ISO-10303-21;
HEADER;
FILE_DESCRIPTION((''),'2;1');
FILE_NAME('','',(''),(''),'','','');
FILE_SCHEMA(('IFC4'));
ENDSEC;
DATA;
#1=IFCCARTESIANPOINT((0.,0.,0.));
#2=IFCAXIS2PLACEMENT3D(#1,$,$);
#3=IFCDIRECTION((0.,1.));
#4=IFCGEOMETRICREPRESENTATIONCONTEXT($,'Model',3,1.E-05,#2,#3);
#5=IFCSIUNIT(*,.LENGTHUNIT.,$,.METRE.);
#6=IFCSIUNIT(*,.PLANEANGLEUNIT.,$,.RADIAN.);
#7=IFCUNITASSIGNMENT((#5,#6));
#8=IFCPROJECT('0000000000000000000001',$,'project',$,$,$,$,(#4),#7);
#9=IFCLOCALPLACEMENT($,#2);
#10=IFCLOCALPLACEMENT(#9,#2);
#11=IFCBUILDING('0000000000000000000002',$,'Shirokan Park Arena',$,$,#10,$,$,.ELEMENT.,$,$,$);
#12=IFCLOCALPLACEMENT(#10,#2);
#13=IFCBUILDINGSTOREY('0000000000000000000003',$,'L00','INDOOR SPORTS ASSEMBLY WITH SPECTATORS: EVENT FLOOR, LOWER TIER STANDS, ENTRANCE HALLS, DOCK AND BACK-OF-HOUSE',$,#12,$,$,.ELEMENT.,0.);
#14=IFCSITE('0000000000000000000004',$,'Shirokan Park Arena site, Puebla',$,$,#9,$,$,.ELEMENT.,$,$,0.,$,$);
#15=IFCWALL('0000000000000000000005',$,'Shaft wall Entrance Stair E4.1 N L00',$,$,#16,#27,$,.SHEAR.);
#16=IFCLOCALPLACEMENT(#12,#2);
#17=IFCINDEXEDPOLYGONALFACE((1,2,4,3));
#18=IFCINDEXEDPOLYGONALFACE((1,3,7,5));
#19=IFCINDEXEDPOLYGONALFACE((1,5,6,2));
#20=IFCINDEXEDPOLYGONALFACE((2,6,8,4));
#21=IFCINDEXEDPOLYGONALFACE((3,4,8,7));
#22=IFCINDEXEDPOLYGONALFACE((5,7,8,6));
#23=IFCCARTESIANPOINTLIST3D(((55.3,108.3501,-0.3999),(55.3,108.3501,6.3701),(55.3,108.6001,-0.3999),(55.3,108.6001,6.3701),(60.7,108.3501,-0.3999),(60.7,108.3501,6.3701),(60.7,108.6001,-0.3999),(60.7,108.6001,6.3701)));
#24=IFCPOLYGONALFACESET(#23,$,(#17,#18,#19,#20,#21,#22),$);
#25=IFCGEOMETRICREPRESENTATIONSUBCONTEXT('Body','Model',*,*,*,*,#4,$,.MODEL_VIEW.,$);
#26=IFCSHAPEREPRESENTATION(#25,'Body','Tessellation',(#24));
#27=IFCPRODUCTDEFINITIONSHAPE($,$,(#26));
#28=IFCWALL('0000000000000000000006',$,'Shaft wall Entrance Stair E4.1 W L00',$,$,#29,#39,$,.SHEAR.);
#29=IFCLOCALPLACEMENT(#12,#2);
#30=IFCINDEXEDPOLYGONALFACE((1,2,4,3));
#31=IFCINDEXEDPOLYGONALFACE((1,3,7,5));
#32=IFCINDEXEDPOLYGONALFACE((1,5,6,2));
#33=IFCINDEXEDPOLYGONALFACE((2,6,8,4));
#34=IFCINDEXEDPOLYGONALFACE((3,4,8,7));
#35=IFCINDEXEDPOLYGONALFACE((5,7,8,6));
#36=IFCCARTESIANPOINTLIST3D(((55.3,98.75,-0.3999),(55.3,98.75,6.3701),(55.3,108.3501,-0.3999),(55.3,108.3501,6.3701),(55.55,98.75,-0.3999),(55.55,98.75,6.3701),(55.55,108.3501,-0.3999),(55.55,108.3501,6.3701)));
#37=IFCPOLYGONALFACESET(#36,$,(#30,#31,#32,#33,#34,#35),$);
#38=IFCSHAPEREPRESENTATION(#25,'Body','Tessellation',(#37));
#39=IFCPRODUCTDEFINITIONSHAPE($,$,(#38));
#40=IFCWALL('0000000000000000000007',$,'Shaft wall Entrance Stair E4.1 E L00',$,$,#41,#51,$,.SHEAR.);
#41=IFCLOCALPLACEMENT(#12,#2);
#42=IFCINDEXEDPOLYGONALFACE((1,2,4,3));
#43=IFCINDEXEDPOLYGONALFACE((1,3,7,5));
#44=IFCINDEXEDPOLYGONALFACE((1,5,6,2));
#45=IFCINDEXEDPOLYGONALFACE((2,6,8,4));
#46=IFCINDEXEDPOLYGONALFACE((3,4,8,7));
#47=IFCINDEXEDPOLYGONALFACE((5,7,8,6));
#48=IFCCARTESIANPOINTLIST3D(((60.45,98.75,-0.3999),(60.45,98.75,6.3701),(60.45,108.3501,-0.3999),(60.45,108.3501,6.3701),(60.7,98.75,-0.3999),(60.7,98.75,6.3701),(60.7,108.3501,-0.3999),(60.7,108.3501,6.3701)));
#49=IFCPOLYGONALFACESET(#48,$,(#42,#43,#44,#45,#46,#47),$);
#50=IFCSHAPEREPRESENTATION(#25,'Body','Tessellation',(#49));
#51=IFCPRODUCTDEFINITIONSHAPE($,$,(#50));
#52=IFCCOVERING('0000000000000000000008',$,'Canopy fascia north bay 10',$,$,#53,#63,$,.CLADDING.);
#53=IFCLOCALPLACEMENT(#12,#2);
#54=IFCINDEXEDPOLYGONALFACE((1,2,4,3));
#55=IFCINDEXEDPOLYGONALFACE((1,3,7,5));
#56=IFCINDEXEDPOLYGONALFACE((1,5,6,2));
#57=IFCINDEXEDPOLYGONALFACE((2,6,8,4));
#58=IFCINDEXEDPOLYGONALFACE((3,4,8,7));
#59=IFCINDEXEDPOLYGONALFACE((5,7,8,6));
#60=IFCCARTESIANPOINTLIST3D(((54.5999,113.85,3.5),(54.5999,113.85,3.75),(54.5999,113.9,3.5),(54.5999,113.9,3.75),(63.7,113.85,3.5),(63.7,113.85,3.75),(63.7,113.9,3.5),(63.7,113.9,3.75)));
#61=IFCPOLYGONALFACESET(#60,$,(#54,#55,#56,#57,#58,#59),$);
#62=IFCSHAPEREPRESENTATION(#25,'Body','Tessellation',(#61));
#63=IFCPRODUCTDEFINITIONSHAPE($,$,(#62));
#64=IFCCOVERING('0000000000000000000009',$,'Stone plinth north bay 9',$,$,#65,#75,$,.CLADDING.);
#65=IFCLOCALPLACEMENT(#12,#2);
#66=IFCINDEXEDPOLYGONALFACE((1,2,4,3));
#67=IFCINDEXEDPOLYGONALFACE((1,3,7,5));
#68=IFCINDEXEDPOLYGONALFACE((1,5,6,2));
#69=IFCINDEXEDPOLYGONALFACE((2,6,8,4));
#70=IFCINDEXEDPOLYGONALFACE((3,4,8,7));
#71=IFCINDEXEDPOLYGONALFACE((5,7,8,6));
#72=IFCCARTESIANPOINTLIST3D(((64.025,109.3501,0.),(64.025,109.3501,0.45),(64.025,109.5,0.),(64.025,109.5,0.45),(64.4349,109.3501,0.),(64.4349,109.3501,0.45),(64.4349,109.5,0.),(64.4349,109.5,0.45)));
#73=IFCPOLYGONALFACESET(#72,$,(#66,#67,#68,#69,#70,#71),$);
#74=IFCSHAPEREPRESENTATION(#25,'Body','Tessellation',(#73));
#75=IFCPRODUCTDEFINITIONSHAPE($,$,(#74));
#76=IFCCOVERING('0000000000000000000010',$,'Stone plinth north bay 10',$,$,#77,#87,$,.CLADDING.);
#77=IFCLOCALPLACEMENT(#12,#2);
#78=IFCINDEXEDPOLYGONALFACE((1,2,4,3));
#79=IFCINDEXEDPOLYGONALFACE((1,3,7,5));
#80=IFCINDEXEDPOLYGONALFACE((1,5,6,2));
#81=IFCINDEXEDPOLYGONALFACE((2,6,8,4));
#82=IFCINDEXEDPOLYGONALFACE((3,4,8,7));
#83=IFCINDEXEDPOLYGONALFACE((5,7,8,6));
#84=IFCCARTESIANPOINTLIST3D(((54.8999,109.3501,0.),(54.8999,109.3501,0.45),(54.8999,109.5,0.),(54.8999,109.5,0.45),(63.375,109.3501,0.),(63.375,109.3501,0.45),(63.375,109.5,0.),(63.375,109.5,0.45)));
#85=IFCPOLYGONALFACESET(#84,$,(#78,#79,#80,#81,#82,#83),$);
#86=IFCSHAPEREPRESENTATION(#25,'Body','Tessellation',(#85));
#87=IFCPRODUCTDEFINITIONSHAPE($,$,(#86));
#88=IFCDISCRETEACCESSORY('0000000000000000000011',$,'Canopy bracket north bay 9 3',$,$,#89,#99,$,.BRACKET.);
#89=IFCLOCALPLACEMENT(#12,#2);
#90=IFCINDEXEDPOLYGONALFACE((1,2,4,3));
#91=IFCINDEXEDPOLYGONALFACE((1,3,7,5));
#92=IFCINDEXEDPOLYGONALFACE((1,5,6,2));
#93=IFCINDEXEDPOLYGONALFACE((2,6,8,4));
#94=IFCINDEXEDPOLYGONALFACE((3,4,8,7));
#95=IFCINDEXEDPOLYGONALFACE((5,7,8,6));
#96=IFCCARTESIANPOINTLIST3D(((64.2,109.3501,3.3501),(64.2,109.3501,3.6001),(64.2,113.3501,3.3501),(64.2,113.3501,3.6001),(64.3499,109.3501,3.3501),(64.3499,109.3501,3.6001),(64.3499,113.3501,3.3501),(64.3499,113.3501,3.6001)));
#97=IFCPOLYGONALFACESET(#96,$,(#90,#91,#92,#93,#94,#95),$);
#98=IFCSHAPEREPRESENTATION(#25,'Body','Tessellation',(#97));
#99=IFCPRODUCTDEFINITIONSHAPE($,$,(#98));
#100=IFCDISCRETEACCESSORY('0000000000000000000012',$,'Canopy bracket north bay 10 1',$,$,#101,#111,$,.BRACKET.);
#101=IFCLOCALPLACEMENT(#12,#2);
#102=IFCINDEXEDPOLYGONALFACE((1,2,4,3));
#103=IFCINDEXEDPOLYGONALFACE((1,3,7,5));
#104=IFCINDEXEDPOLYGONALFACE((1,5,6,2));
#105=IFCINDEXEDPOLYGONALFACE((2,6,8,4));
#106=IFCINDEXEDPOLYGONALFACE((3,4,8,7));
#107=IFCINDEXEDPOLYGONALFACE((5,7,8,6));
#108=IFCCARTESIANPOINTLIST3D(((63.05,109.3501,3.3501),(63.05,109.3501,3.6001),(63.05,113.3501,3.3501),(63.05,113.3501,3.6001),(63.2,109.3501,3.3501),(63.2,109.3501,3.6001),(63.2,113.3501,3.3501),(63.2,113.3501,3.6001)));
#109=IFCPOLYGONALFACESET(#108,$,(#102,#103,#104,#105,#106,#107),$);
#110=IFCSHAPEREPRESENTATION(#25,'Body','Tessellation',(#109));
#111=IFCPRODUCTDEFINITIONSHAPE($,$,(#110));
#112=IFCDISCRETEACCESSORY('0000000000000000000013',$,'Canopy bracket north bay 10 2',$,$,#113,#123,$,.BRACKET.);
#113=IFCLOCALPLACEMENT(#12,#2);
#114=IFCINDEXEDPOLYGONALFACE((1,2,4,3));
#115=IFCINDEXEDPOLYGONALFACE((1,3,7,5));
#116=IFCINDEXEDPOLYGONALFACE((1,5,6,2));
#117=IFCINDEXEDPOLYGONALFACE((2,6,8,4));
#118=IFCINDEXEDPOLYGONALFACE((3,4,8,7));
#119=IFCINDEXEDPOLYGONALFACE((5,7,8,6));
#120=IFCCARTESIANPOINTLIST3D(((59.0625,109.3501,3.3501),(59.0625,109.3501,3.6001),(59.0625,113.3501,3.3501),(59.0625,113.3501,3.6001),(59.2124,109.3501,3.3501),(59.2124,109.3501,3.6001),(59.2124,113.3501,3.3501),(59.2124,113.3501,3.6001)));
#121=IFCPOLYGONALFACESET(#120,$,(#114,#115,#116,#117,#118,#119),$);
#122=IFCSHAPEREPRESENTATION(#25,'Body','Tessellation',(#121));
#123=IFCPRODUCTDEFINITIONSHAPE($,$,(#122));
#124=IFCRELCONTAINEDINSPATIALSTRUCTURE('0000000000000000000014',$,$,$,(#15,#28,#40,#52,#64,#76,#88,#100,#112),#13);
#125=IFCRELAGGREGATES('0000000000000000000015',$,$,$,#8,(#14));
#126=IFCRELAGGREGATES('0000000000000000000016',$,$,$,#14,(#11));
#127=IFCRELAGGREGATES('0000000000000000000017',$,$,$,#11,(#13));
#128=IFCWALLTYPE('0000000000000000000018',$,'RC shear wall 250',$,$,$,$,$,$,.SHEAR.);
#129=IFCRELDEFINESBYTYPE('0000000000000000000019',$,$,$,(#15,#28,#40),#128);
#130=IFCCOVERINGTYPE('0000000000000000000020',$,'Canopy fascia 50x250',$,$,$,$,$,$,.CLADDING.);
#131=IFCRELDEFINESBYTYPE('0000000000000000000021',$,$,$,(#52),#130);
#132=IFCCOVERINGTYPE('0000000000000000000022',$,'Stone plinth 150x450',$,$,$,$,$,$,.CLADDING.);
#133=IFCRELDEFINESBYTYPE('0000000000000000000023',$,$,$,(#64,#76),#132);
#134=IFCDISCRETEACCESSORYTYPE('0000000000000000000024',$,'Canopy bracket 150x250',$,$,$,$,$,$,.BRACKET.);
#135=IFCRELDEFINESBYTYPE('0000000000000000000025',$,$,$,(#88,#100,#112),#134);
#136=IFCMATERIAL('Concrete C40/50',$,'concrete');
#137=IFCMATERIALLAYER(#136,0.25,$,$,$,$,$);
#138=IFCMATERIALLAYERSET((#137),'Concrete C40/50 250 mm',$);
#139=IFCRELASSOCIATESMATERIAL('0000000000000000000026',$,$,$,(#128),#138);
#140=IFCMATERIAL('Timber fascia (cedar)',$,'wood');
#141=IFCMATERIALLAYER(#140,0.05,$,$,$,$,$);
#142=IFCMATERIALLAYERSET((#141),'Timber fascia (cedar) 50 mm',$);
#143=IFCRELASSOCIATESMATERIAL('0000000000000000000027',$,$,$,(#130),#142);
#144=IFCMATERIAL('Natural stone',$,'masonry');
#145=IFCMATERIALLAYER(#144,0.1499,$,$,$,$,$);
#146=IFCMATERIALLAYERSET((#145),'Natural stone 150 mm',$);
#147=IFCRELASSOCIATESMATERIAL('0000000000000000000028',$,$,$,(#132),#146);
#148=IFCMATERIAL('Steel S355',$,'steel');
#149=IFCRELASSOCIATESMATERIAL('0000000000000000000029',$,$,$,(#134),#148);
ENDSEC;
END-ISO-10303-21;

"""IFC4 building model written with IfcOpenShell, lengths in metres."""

from ifc_helpers import new_model, si_unit, direction, frame, frame_2d, origin, origin_2d, place, context, subcontext, project, spatial, rectangle, extrude, material, layer, layer_set, type_object, element, save


model = new_model("IFC4")

# Units and contexts
model_context = context("Model", 3, precision=1e-05, world=origin(), true_north=direction((0.0, 1.0)))
body_context = subcontext(model_context, "Body", "Model", "MODEL_VIEW")
ifc_project = project(units=[si_unit("LENGTHUNIT", "METRE"), si_unit("PLANEANGLEUNIT", "RADIAN")], contexts=[model_context])

# Site, building, storey
site_placement = place(None, origin())
site = spatial("IfcSite", under=ifc_project, at=site_placement, Name="Shirokan Park Arena site, Puebla", CompositionType="ELEMENT", RefElevation=0.0)
building_placement = place(site_placement, origin())
building = spatial("IfcBuilding", under=site, at=building_placement, Name="Shirokan Park Arena", CompositionType="ELEMENT")
storey_placement = place(building_placement, origin())
storey = spatial("IfcBuildingStorey", under=building, at=storey_placement, Name="L00", Description="INDOOR SPORTS ASSEMBLY WITH SPECTATORS: EVENT FLOOR, LOWER TIER STANDS, ENTRANCE HALLS, DOCK AND BACK-OF-HOUSE", CompositionType="ELEMENT", Elevation=0.0)

# Shared definitions
ifc_material_1 = material(Name="Steel S355", Category="steel")

# Walls
ifc_material_2 = material(Name="Concrete C40/50", Category="concrete")
ifc_layer_1 = layer(ifc_material_2, 0.25)
ifc_layer_set_1 = layer_set([ifc_layer_1], Name="Concrete C40/50 250 mm")
wall_type_1 = type_object("IfcWallType", Name="RC shear wall 250", PredefinedType="SHEAR", material=ifc_layer_set_1)
wall_1_placement = place(storey_placement, frame((60.7, 108.4751, -0.3999), z_axis=(0.0, 0.0, 1.0), x_axis=(-1.0, 0.0, 0.0)))
element("IfcWall", 1, at=wall_1_placement, inside=storey, type_object=wall_type_1, Name="Shaft wall Entrance Stair E4.1 N L00", PredefinedType="SHEAR", context=body_context, shape_type="SweptSolid", body=[
    extrude(rectangle(XDim=5.3999, YDim=0.25, at=frame_2d((2.7, 0.0))), origin(), (0.0, 0.0, 1.0), 6.77),
])
for number, where, z_axis, x_axis, name in (
    (2, (55.425, 108.3501, -0.3999), (0.0, 0.0, 1.0), (0.0, -1.0, 0.0), "Shaft wall Entrance Stair E4.1 W L00"),
    (3, (60.575, 108.3501, -0.3999), (0.0, 0.0, 1.0), (0.0, -1.0, 0.0), "Shaft wall Entrance Stair E4.1 E L00"),
):
    element("IfcWall", number, at=place(storey_placement, frame(where, z_axis=z_axis, x_axis=x_axis)), inside=storey, type_object=wall_type_1, Name=name, PredefinedType="SHEAR", context=body_context, shape_type="SweptSolid", body=[
        extrude(rectangle(XDim=9.6001, YDim=0.25, at=frame_2d((4.8, 0.0))), origin(), (0.0, 0.0, 1.0), 6.77),
    ])

# Covering
ifc_material_3 = material(Name="Timber fascia (cedar)", Category="wood")
ifc_layer_2 = layer(ifc_material_3, 0.05)
ifc_layer_set_2 = layer_set([ifc_layer_2], Name="Timber fascia (cedar) 50 mm")
covering_type_1 = type_object("IfcCoveringType", Name="Canopy fascia 50x250", PredefinedType="CLADDING", material=ifc_layer_set_2)
covering_1_placement = place(storey_placement, frame((59.1499, 113.875, 3.5), z_axis=(0.0, 0.0, 1.0), x_axis=(-1.0, 0.0, 0.0)))
element("IfcCovering", 4, at=covering_1_placement, inside=storey, type_object=covering_type_1, Name="Canopy fascia north bay 10", PredefinedType="CLADDING", context=body_context, shape_type="SweptSolid", body=[
    extrude(rectangle(XDim=9.1001, YDim=0.05, at=origin_2d()), origin(), (0.0, 0.0, 1.0), 0.25),
])

# Coverings
ifc_material_4 = material(Name="Natural stone", Category="masonry")
ifc_layer_3 = layer(ifc_material_4, 0.1499)
ifc_layer_set_3 = layer_set([ifc_layer_3], Name="Natural stone 150 mm")
covering_type_2 = type_object("IfcCoveringType", Name="Stone plinth 150x450", PredefinedType="CLADDING", material=ifc_layer_set_3)
covering_2_placement = place(storey_placement, frame((64.23, 109.425, 0.0), z_axis=(0.0, 0.0, 1.0), x_axis=(-1.0, 0.0, 0.0)))
element("IfcCovering", 5, at=covering_2_placement, inside=storey, type_object=covering_type_2, Name="Stone plinth north bay 9", PredefinedType="CLADDING", context=body_context, shape_type="SweptSolid", body=[
    extrude(rectangle(XDim=0.4099, YDim=0.1499, at=origin_2d()), origin(), (0.0, 0.0, 1.0), 0.45),
])
covering_3_placement = place(storey_placement, frame((59.1375, 109.425, 0.0), z_axis=(0.0, 0.0, 1.0), x_axis=(-1.0, 0.0, 0.0)))
element("IfcCovering", 6, at=covering_3_placement, inside=storey, type_object=covering_type_2, Name="Stone plinth north bay 10", PredefinedType="CLADDING", context=body_context, shape_type="SweptSolid", body=[
    extrude(rectangle(XDim=8.4751, YDim=0.1499, at=origin_2d()), origin(), (0.0, 0.0, 1.0), 0.45),
])

# Discrete accessories
discrete_accessory_type = type_object("IfcDiscreteAccessoryType", Name="Canopy bracket 150x250", PredefinedType="BRACKET", material=ifc_material_1)
for number, where, z_axis, x_axis, name in (
    (7, (64.2749, 111.3501, 3.3501), (0.0, 0.0, 1.0), (-1.0, 0.0, 0.0), "Canopy bracket north bay 9 3"),
    (8, (63.125, 111.3501, 3.3501), (0.0, 0.0, 1.0), (-1.0, 0.0, 0.0), "Canopy bracket north bay 10 1"),
    (9, (59.1375, 111.3501, 3.3501), (0.0, 0.0, 1.0), (-1.0, 0.0, 0.0), "Canopy bracket north bay 10 2"),
):
    element("IfcDiscreteAccessory", number, at=place(storey_placement, frame(where, z_axis=z_axis, x_axis=x_axis)), inside=storey, type_object=discrete_accessory_type, Name=name, PredefinedType="BRACKET", context=body_context, shape_type="SweptSolid", body=[
        extrude(rectangle(XDim=0.1499, YDim=4.0, at=origin_2d()), origin(), (0.0, 0.0, 1.0), 0.25),
    ])

save(model, "model.ifc")
